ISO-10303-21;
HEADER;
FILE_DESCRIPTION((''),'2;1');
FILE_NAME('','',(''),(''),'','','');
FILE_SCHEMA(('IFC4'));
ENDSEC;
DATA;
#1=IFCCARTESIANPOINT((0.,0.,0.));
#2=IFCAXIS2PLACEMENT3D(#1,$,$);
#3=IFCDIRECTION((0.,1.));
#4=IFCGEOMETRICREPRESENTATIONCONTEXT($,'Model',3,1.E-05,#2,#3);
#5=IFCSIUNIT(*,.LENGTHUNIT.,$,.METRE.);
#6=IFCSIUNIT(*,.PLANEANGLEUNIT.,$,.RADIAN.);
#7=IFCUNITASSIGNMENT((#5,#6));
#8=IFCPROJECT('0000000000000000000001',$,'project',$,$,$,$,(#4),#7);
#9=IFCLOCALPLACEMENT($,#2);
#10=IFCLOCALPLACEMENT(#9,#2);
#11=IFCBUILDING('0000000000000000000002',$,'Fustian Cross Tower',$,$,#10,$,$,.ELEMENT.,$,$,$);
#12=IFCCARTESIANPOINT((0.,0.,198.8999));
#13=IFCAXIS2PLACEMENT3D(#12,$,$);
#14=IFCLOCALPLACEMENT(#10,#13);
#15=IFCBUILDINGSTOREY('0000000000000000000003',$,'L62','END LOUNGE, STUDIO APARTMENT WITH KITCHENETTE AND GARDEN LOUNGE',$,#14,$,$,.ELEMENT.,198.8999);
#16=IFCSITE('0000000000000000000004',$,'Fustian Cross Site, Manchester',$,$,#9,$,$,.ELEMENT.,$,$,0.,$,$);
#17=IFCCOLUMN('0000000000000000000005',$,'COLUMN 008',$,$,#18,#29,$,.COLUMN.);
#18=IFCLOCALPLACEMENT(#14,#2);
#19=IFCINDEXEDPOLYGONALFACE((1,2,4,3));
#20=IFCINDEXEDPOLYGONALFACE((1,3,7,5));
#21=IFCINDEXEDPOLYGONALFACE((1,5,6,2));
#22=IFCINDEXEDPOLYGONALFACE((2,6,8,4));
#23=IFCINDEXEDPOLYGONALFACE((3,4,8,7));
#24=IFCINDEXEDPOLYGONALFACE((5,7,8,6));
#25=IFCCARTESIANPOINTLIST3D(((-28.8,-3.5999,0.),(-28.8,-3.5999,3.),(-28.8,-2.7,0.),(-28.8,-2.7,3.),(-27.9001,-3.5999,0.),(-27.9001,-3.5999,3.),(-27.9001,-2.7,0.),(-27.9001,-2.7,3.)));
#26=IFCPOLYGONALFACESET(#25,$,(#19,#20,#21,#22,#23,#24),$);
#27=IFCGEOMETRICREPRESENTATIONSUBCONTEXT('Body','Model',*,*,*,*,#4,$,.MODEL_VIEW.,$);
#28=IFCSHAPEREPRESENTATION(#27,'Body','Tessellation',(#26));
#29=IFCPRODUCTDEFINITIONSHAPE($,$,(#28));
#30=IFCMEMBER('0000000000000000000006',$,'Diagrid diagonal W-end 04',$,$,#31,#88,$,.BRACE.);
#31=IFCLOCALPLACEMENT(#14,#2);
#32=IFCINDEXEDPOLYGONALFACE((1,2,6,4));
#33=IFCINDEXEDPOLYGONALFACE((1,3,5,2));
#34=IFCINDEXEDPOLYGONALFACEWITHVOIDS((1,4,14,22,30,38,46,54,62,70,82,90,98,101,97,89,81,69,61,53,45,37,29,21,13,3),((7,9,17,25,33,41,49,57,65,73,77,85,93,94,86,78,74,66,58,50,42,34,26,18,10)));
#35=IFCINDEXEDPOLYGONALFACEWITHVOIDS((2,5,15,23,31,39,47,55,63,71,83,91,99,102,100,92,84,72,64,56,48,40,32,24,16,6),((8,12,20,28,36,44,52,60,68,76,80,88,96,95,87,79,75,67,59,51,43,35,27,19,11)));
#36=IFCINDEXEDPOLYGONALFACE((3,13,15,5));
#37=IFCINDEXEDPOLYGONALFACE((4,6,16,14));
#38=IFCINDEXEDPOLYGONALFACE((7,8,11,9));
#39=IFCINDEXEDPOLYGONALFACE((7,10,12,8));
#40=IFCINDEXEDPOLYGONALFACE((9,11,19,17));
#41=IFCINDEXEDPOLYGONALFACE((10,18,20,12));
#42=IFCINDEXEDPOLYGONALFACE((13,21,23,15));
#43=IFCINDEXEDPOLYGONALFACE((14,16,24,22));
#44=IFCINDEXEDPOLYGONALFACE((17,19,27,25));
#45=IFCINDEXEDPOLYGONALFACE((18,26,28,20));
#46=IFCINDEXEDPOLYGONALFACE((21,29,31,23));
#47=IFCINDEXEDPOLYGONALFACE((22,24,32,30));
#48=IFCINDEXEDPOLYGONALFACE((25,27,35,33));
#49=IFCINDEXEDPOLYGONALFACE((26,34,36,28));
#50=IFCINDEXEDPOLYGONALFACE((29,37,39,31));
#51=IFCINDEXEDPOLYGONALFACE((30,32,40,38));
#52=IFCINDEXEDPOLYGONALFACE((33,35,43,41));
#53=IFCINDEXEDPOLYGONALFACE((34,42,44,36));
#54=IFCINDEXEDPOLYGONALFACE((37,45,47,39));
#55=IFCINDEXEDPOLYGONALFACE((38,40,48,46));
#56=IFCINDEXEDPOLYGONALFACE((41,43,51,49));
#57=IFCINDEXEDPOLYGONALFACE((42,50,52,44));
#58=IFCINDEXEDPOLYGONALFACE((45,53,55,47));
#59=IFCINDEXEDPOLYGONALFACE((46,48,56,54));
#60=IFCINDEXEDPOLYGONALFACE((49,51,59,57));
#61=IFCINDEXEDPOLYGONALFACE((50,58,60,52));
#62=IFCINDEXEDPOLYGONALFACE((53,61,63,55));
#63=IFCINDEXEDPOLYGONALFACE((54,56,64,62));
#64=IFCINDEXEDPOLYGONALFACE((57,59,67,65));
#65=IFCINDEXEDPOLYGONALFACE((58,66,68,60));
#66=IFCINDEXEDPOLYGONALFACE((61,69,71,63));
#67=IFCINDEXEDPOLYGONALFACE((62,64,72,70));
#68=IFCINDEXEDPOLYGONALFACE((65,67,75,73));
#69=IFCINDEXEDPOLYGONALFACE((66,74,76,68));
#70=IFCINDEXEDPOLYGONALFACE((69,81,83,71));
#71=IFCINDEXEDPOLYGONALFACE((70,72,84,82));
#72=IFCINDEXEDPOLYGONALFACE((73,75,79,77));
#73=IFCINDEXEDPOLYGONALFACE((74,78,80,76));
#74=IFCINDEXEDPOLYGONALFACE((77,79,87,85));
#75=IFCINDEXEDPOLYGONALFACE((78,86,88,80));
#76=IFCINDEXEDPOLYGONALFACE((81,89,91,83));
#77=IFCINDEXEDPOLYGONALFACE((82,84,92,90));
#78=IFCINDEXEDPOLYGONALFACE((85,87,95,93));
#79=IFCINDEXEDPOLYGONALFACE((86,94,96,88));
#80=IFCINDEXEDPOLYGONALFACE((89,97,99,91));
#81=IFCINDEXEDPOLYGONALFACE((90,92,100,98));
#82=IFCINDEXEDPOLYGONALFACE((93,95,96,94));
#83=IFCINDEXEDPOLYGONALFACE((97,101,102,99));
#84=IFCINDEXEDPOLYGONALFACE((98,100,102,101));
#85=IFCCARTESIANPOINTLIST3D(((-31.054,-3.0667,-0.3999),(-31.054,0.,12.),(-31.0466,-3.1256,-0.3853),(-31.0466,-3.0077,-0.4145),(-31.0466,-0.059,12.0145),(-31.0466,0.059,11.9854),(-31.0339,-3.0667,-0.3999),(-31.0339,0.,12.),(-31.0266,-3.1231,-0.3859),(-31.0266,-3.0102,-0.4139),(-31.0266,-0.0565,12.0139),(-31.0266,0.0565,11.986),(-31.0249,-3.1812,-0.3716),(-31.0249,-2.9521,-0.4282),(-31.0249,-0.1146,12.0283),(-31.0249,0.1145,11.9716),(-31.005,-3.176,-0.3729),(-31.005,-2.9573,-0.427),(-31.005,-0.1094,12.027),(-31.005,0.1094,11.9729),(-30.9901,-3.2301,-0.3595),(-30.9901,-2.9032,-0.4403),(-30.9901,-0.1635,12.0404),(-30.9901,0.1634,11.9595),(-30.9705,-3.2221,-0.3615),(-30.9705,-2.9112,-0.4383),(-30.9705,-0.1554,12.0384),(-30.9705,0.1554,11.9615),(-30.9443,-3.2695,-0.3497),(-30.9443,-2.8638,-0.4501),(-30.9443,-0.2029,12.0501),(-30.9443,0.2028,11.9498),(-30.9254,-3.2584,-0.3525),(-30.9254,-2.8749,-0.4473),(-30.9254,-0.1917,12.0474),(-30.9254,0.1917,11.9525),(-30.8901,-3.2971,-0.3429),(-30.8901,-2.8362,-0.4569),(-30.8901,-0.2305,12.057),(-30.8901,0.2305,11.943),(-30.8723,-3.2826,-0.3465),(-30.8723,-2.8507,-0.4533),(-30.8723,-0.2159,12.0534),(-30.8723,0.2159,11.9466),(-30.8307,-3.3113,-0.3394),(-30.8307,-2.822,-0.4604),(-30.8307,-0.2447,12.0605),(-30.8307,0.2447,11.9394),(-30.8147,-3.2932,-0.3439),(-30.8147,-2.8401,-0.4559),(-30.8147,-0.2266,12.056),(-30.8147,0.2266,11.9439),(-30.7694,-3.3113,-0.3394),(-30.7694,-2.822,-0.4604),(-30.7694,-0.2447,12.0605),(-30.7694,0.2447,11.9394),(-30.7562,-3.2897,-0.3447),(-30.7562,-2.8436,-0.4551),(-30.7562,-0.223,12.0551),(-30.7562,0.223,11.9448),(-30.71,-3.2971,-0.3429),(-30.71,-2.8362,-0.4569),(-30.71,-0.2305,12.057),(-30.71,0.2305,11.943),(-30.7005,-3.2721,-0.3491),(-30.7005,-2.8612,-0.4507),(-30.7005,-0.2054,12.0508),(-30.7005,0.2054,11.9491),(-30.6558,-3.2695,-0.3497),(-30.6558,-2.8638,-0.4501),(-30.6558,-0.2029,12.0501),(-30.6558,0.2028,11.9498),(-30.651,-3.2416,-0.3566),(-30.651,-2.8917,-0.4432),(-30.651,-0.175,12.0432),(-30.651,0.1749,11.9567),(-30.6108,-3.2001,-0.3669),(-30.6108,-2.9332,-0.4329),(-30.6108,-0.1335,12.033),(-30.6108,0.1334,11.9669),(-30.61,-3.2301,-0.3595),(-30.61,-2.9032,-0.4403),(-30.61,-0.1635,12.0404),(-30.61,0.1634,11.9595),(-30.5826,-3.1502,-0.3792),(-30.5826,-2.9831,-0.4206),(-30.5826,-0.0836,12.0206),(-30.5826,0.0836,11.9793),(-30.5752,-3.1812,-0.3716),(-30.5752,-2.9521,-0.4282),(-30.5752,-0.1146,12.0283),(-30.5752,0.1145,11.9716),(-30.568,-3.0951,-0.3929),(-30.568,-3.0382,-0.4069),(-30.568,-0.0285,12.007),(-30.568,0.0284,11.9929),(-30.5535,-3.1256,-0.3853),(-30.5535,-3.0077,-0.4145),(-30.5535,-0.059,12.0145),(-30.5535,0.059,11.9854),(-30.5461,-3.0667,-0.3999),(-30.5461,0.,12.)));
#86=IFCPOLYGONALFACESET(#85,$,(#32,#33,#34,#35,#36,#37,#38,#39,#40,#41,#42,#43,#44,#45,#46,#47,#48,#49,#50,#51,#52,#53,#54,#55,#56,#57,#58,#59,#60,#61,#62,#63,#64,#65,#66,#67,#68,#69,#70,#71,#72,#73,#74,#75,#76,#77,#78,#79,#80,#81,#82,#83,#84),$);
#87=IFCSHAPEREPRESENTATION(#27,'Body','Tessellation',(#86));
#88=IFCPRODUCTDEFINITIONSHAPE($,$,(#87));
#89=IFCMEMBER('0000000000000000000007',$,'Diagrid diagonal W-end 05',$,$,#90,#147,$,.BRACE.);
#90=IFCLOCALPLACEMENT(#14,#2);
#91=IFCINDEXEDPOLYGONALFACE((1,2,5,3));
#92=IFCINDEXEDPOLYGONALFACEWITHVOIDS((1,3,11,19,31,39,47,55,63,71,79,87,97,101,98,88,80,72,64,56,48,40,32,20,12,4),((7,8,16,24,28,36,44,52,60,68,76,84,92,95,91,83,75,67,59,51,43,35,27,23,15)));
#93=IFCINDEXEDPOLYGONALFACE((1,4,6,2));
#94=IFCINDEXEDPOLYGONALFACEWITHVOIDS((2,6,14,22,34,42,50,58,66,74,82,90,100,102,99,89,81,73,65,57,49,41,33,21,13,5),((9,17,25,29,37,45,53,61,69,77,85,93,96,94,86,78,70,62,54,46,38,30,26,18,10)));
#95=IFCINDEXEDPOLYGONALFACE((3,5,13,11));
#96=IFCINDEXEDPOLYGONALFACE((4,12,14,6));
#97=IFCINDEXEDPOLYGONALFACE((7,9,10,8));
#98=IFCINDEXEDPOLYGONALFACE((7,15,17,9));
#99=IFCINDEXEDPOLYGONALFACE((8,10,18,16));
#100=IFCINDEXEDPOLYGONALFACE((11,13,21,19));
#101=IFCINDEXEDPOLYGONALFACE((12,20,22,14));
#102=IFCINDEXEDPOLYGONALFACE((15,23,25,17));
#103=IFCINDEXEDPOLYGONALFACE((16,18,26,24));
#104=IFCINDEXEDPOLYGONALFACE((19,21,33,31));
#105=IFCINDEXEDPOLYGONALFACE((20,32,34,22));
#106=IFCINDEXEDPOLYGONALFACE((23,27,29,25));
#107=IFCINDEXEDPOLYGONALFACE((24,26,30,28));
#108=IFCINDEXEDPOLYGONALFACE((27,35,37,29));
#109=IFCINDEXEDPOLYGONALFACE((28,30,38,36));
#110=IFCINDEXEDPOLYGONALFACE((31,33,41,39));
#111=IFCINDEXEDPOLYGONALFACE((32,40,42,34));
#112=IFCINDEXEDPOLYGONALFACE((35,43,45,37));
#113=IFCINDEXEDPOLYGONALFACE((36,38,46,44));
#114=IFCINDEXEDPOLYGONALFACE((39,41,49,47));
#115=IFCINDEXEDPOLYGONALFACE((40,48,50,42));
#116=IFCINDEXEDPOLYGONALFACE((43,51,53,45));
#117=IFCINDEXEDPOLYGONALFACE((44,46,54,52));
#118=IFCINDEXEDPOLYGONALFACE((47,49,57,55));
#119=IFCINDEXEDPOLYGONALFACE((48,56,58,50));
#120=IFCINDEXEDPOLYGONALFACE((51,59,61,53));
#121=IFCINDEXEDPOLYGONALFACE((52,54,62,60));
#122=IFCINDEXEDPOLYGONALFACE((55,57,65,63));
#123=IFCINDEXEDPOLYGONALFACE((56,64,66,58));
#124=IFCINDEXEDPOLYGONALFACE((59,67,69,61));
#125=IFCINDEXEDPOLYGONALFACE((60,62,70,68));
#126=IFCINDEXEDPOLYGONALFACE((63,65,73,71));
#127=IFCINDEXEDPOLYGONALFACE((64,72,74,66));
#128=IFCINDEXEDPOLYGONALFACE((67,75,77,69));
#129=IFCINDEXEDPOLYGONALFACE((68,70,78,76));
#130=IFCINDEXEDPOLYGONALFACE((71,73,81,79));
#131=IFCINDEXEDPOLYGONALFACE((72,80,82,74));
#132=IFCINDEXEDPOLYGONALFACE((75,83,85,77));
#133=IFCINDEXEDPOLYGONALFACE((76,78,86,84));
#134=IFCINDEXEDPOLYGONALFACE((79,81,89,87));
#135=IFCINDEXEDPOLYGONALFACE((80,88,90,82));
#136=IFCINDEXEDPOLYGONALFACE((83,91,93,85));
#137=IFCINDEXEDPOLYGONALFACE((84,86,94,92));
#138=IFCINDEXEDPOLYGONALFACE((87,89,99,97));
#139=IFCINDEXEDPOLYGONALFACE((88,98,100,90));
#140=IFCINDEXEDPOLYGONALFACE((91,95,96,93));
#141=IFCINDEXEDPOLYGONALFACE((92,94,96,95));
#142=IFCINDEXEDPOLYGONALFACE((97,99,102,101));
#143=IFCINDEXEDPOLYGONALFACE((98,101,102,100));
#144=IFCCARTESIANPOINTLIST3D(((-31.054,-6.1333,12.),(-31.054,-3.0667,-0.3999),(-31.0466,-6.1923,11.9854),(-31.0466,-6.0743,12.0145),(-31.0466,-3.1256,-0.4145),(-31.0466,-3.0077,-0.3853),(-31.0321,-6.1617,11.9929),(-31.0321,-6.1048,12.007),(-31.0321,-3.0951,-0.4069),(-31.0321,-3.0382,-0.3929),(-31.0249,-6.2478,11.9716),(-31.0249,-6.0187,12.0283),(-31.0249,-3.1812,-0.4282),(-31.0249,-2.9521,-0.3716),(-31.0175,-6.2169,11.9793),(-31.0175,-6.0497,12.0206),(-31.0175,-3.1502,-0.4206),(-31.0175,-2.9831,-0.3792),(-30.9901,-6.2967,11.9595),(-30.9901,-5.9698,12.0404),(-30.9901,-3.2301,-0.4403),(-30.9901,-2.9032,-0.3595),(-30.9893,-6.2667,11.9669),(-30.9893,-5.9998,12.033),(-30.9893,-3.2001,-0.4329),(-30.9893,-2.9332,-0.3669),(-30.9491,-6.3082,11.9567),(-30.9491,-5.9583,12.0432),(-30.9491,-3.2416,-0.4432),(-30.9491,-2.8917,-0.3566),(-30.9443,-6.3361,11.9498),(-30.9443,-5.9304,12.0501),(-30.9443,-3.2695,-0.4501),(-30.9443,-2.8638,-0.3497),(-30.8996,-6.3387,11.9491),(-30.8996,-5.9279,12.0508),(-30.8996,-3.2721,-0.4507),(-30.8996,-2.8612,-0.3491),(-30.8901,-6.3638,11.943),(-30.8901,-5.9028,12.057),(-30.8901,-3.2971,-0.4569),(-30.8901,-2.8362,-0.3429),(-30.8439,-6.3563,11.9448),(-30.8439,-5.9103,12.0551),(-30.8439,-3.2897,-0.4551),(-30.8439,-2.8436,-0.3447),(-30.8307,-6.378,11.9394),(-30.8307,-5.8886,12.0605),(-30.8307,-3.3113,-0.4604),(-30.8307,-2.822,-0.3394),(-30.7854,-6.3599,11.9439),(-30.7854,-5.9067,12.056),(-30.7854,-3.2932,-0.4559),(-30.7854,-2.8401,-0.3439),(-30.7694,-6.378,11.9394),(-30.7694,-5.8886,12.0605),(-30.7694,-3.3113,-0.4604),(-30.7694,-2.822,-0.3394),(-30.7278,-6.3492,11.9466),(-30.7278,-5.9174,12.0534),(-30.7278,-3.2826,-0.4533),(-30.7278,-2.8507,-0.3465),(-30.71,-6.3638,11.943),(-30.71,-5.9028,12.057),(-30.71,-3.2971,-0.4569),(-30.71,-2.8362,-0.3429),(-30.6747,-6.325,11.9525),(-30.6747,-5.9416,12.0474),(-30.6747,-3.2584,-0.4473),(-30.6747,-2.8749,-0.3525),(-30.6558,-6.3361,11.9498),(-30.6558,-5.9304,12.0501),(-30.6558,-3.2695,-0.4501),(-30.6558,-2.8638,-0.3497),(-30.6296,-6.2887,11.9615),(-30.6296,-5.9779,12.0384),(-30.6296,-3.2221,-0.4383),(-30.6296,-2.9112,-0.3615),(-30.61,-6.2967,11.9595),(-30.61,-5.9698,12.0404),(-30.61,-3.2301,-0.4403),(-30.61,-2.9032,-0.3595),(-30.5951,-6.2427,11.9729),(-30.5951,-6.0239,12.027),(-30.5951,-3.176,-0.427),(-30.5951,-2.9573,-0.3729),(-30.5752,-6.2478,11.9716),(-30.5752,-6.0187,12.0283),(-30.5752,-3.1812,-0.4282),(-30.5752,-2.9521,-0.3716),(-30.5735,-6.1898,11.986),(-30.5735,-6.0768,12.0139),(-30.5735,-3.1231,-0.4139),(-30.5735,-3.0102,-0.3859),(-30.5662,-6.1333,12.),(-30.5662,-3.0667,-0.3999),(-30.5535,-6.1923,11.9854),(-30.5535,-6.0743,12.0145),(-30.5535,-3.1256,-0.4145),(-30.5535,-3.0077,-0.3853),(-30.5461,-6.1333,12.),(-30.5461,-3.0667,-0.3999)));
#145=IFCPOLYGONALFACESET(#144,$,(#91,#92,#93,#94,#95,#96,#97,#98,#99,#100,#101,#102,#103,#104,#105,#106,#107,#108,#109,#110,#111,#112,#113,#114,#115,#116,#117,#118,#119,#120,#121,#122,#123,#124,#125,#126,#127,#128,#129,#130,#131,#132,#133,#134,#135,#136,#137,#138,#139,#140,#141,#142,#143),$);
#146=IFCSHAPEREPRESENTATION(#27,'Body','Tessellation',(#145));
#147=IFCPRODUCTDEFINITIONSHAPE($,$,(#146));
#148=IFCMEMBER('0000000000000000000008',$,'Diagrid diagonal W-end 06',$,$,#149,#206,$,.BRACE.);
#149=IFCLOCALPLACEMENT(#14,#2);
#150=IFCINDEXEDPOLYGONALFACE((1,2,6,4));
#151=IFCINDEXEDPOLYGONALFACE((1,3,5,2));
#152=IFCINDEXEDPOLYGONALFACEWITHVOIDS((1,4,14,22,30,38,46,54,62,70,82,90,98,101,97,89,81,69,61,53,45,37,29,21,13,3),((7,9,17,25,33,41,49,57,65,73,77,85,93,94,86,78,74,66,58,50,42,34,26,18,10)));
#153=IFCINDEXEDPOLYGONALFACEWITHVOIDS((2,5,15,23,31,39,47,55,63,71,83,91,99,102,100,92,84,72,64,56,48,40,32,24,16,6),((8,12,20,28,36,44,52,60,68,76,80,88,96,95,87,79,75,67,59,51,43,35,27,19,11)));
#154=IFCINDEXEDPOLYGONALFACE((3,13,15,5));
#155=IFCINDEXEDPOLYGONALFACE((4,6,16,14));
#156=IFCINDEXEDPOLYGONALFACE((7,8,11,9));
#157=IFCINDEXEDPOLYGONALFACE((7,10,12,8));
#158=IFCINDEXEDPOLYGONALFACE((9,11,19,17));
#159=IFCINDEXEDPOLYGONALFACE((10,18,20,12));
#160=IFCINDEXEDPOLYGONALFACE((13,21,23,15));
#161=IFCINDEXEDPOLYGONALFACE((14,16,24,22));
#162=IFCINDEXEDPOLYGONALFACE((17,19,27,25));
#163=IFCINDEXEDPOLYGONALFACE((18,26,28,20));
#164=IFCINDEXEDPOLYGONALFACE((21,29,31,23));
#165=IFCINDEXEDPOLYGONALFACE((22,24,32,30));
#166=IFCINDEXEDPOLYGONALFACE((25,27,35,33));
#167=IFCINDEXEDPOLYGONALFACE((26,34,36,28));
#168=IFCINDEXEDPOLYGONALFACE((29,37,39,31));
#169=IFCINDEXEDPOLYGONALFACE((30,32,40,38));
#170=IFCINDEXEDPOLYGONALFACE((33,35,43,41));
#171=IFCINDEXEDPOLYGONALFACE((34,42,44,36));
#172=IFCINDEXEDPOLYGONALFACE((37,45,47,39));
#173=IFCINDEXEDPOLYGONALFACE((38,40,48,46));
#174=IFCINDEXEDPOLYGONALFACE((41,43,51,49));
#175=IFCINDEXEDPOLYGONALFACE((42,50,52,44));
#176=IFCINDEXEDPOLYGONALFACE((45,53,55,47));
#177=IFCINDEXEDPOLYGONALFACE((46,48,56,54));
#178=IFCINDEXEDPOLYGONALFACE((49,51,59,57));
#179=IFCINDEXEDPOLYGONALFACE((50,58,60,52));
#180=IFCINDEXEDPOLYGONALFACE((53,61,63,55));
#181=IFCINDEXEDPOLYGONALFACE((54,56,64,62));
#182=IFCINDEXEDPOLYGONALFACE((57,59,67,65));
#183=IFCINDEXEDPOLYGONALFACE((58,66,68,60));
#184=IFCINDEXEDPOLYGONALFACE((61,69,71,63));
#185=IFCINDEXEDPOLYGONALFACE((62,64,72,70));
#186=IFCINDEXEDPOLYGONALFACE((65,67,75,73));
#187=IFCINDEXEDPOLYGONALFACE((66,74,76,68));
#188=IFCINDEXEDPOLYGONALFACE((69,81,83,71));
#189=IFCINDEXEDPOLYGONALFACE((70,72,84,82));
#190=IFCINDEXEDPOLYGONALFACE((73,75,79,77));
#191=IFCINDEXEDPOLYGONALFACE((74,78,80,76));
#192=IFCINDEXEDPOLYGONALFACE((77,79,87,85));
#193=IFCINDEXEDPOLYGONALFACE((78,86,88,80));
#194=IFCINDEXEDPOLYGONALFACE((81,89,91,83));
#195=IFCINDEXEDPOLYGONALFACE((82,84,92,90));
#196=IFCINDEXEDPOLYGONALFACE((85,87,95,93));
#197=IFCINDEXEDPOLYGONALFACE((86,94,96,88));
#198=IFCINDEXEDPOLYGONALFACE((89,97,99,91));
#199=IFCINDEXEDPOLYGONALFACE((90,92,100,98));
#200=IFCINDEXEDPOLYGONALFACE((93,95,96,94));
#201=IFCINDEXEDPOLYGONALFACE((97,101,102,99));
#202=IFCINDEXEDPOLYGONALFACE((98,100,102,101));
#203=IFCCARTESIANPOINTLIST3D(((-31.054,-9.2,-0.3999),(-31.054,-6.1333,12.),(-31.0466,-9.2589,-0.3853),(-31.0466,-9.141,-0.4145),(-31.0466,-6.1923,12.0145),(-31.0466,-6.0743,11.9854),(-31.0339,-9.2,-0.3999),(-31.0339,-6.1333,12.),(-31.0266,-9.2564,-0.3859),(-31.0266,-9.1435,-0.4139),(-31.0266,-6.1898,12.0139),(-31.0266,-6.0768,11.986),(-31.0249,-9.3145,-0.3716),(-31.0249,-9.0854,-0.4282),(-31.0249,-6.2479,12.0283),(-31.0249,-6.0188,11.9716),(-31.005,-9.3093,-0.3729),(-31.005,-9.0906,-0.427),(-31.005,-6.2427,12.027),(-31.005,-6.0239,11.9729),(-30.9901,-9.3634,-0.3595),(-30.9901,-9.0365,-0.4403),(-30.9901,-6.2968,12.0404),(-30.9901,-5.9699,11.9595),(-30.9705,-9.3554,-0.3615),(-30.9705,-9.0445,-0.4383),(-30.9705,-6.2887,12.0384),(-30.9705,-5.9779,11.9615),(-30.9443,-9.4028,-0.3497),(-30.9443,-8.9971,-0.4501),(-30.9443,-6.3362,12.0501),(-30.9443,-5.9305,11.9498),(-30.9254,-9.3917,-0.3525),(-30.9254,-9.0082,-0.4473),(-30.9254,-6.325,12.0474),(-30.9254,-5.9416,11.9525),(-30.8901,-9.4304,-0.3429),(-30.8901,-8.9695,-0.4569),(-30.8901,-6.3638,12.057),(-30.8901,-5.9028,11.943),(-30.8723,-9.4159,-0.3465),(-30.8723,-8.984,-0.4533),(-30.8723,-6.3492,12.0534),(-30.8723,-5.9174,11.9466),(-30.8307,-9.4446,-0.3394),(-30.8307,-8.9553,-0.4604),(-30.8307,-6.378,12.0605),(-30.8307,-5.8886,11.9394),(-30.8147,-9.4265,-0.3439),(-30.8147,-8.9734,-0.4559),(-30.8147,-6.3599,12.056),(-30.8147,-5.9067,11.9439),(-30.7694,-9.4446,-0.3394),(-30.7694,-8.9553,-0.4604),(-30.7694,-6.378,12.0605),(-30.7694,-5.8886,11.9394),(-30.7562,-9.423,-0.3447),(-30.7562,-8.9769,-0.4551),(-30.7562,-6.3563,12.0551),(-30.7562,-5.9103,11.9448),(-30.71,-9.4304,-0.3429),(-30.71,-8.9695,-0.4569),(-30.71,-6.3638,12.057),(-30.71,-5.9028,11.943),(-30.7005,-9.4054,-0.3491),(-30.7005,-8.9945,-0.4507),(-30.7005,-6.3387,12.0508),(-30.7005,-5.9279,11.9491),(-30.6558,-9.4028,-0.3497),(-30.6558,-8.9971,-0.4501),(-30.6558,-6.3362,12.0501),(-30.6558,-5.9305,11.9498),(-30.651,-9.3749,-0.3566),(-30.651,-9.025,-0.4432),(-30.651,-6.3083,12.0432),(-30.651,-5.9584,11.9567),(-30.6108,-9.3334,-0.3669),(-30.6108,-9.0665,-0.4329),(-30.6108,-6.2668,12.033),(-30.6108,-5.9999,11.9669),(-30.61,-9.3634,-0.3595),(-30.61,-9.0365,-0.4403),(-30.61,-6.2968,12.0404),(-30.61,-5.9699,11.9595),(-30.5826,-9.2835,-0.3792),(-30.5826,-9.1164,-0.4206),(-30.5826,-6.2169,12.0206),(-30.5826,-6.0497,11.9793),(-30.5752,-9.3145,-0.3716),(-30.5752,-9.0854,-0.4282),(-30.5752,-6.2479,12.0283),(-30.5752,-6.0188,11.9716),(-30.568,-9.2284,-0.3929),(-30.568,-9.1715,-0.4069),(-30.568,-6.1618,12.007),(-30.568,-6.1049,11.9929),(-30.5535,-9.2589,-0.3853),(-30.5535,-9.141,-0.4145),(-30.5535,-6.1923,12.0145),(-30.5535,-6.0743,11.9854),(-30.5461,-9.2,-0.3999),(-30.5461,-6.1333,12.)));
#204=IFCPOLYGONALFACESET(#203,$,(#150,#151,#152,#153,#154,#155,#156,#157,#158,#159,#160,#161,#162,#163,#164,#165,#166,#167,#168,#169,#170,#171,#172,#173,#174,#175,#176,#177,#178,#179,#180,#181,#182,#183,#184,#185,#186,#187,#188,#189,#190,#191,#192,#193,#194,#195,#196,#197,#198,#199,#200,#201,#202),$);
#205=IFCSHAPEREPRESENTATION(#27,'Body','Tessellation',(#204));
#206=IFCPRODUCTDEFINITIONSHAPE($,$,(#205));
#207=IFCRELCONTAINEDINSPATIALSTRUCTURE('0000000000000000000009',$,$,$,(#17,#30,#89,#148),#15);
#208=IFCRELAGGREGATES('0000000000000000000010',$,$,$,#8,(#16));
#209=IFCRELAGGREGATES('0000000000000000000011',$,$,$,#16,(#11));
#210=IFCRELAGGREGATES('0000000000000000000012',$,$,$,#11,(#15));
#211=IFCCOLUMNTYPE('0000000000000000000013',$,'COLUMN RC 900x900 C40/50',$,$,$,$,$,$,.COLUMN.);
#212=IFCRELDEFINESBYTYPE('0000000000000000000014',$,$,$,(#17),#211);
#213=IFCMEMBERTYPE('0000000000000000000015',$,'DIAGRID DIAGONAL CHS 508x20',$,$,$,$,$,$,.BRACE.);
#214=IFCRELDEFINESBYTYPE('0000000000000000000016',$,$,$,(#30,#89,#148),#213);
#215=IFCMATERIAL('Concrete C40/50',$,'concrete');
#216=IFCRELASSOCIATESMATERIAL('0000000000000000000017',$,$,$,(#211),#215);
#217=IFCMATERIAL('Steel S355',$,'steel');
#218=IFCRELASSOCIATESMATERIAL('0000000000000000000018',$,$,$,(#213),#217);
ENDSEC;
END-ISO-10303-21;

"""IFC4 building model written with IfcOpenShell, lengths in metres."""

from ifc_helpers import new_model, si_unit, direction, frame, origin, origin_2d, place, context, subcontext, project, spatial, rectangle, hollow_circle, extrude, material, material_profile, profile_set, type_object, element, save


model = new_model("IFC4")

# Units and contexts
model_context = context("Model", 3, precision=1e-05, world=origin(), true_north=direction((0.0, 1.0)))
body_context = subcontext(model_context, "Body", "Model", "MODEL_VIEW")
ifc_project = project(units=[si_unit("LENGTHUNIT", "METRE"), si_unit("PLANEANGLEUNIT", "RADIAN")], contexts=[model_context])

# Site, building, storey
site_placement = place(None, origin())
site = spatial("IfcSite", under=ifc_project, at=site_placement, Name="Fustian Cross Site, Manchester", CompositionType="ELEMENT", RefElevation=0.0)
building_placement = place(site_placement, origin())
building = spatial("IfcBuilding", under=site, at=building_placement, Name="Fustian Cross Tower", CompositionType="ELEMENT")
storey_placement = place(building_placement, frame((0.0, 0.0, 198.8999)))
storey = spatial("IfcBuildingStorey", under=building, at=storey_placement, Name="L62", Description="END LOUNGE, STUDIO APARTMENT WITH KITCHENETTE AND GARDEN LOUNGE", CompositionType="ELEMENT", Elevation=198.8999)

# Column
ifc_material_1 = material(Name="Concrete C40/50", Category="concrete")
ifc_material_profile_1 = material_profile(ifc_material_1, rectangle(XDim=0.8999, YDim=0.8999, at=origin_2d()), Name="RC 900x900")
ifc_profile_set_1 = profile_set([ifc_material_profile_1], Name="Concrete C40/50")
column_type = type_object("IfcColumnType", Name="COLUMN RC 900x900 C40/50", PredefinedType="COLUMN", material=ifc_profile_set_1)
column_placement = place(storey_placement, frame((-28.3501, -3.1499, 0.0), z_axis=(0.0, 0.0, 1.0), x_axis=(1.0, 0.0, 0.0)))
element("IfcColumn", 1, at=column_placement, inside=storey, type_object=column_type, Name="COLUMN 008", PredefinedType="COLUMN", context=body_context, shape_type="SweptSolid", body=[
    extrude(rectangle(XDim=0.8999, YDim=0.8999, at=origin_2d()), origin(), (0.0, 0.0, 1.0), 3.0),
])

# Members
ifc_material_2 = material(Name="Steel S355", Category="steel")
ifc_material_profile_2 = material_profile(ifc_material_2, hollow_circle(Radius=0.2539, WallThickness=0.02, at=origin_2d()), Name="CHS 508x20")
ifc_profile_set_2 = profile_set([ifc_material_profile_2], Name="Steel S355")
member_type_1 = type_object("IfcMemberType", Name="DIAGRID DIAGONAL CHS 508x20", PredefinedType="BRACE", material=ifc_profile_set_2)
for number, where, z_axis, x_axis, name in (
    (2, (-30.8, -3.0667, -0.3999), (0.0, 0.240079, 0.970753), (-1.0, 0.0, 0.0), "Diagrid diagonal W-end 04"),
    (3, (-30.8, -3.0667, -0.3999), (0.0, -0.240079, 0.970753), (1.0, 0.0, 0.0), "Diagrid diagonal W-end 05"),
    (4, (-30.8, -9.2, -0.3999), (0.0, 0.240079, 0.970753), (-1.0, 0.0, 0.0), "Diagrid diagonal W-end 06"),
):
    element("IfcMember", number, at=place(storey_placement, frame(where, z_axis=z_axis, x_axis=x_axis)), inside=storey, type_object=member_type_1, Name=name, PredefinedType="BRACE", context=body_context, shape_type="SweptSolid", body=[
        extrude(hollow_circle(Radius=0.2539, WallThickness=0.02, at=origin_2d()), origin(), (0.0, 0.0, 1.0), 12.7734),
    ])

save(model, "model.ifc")
